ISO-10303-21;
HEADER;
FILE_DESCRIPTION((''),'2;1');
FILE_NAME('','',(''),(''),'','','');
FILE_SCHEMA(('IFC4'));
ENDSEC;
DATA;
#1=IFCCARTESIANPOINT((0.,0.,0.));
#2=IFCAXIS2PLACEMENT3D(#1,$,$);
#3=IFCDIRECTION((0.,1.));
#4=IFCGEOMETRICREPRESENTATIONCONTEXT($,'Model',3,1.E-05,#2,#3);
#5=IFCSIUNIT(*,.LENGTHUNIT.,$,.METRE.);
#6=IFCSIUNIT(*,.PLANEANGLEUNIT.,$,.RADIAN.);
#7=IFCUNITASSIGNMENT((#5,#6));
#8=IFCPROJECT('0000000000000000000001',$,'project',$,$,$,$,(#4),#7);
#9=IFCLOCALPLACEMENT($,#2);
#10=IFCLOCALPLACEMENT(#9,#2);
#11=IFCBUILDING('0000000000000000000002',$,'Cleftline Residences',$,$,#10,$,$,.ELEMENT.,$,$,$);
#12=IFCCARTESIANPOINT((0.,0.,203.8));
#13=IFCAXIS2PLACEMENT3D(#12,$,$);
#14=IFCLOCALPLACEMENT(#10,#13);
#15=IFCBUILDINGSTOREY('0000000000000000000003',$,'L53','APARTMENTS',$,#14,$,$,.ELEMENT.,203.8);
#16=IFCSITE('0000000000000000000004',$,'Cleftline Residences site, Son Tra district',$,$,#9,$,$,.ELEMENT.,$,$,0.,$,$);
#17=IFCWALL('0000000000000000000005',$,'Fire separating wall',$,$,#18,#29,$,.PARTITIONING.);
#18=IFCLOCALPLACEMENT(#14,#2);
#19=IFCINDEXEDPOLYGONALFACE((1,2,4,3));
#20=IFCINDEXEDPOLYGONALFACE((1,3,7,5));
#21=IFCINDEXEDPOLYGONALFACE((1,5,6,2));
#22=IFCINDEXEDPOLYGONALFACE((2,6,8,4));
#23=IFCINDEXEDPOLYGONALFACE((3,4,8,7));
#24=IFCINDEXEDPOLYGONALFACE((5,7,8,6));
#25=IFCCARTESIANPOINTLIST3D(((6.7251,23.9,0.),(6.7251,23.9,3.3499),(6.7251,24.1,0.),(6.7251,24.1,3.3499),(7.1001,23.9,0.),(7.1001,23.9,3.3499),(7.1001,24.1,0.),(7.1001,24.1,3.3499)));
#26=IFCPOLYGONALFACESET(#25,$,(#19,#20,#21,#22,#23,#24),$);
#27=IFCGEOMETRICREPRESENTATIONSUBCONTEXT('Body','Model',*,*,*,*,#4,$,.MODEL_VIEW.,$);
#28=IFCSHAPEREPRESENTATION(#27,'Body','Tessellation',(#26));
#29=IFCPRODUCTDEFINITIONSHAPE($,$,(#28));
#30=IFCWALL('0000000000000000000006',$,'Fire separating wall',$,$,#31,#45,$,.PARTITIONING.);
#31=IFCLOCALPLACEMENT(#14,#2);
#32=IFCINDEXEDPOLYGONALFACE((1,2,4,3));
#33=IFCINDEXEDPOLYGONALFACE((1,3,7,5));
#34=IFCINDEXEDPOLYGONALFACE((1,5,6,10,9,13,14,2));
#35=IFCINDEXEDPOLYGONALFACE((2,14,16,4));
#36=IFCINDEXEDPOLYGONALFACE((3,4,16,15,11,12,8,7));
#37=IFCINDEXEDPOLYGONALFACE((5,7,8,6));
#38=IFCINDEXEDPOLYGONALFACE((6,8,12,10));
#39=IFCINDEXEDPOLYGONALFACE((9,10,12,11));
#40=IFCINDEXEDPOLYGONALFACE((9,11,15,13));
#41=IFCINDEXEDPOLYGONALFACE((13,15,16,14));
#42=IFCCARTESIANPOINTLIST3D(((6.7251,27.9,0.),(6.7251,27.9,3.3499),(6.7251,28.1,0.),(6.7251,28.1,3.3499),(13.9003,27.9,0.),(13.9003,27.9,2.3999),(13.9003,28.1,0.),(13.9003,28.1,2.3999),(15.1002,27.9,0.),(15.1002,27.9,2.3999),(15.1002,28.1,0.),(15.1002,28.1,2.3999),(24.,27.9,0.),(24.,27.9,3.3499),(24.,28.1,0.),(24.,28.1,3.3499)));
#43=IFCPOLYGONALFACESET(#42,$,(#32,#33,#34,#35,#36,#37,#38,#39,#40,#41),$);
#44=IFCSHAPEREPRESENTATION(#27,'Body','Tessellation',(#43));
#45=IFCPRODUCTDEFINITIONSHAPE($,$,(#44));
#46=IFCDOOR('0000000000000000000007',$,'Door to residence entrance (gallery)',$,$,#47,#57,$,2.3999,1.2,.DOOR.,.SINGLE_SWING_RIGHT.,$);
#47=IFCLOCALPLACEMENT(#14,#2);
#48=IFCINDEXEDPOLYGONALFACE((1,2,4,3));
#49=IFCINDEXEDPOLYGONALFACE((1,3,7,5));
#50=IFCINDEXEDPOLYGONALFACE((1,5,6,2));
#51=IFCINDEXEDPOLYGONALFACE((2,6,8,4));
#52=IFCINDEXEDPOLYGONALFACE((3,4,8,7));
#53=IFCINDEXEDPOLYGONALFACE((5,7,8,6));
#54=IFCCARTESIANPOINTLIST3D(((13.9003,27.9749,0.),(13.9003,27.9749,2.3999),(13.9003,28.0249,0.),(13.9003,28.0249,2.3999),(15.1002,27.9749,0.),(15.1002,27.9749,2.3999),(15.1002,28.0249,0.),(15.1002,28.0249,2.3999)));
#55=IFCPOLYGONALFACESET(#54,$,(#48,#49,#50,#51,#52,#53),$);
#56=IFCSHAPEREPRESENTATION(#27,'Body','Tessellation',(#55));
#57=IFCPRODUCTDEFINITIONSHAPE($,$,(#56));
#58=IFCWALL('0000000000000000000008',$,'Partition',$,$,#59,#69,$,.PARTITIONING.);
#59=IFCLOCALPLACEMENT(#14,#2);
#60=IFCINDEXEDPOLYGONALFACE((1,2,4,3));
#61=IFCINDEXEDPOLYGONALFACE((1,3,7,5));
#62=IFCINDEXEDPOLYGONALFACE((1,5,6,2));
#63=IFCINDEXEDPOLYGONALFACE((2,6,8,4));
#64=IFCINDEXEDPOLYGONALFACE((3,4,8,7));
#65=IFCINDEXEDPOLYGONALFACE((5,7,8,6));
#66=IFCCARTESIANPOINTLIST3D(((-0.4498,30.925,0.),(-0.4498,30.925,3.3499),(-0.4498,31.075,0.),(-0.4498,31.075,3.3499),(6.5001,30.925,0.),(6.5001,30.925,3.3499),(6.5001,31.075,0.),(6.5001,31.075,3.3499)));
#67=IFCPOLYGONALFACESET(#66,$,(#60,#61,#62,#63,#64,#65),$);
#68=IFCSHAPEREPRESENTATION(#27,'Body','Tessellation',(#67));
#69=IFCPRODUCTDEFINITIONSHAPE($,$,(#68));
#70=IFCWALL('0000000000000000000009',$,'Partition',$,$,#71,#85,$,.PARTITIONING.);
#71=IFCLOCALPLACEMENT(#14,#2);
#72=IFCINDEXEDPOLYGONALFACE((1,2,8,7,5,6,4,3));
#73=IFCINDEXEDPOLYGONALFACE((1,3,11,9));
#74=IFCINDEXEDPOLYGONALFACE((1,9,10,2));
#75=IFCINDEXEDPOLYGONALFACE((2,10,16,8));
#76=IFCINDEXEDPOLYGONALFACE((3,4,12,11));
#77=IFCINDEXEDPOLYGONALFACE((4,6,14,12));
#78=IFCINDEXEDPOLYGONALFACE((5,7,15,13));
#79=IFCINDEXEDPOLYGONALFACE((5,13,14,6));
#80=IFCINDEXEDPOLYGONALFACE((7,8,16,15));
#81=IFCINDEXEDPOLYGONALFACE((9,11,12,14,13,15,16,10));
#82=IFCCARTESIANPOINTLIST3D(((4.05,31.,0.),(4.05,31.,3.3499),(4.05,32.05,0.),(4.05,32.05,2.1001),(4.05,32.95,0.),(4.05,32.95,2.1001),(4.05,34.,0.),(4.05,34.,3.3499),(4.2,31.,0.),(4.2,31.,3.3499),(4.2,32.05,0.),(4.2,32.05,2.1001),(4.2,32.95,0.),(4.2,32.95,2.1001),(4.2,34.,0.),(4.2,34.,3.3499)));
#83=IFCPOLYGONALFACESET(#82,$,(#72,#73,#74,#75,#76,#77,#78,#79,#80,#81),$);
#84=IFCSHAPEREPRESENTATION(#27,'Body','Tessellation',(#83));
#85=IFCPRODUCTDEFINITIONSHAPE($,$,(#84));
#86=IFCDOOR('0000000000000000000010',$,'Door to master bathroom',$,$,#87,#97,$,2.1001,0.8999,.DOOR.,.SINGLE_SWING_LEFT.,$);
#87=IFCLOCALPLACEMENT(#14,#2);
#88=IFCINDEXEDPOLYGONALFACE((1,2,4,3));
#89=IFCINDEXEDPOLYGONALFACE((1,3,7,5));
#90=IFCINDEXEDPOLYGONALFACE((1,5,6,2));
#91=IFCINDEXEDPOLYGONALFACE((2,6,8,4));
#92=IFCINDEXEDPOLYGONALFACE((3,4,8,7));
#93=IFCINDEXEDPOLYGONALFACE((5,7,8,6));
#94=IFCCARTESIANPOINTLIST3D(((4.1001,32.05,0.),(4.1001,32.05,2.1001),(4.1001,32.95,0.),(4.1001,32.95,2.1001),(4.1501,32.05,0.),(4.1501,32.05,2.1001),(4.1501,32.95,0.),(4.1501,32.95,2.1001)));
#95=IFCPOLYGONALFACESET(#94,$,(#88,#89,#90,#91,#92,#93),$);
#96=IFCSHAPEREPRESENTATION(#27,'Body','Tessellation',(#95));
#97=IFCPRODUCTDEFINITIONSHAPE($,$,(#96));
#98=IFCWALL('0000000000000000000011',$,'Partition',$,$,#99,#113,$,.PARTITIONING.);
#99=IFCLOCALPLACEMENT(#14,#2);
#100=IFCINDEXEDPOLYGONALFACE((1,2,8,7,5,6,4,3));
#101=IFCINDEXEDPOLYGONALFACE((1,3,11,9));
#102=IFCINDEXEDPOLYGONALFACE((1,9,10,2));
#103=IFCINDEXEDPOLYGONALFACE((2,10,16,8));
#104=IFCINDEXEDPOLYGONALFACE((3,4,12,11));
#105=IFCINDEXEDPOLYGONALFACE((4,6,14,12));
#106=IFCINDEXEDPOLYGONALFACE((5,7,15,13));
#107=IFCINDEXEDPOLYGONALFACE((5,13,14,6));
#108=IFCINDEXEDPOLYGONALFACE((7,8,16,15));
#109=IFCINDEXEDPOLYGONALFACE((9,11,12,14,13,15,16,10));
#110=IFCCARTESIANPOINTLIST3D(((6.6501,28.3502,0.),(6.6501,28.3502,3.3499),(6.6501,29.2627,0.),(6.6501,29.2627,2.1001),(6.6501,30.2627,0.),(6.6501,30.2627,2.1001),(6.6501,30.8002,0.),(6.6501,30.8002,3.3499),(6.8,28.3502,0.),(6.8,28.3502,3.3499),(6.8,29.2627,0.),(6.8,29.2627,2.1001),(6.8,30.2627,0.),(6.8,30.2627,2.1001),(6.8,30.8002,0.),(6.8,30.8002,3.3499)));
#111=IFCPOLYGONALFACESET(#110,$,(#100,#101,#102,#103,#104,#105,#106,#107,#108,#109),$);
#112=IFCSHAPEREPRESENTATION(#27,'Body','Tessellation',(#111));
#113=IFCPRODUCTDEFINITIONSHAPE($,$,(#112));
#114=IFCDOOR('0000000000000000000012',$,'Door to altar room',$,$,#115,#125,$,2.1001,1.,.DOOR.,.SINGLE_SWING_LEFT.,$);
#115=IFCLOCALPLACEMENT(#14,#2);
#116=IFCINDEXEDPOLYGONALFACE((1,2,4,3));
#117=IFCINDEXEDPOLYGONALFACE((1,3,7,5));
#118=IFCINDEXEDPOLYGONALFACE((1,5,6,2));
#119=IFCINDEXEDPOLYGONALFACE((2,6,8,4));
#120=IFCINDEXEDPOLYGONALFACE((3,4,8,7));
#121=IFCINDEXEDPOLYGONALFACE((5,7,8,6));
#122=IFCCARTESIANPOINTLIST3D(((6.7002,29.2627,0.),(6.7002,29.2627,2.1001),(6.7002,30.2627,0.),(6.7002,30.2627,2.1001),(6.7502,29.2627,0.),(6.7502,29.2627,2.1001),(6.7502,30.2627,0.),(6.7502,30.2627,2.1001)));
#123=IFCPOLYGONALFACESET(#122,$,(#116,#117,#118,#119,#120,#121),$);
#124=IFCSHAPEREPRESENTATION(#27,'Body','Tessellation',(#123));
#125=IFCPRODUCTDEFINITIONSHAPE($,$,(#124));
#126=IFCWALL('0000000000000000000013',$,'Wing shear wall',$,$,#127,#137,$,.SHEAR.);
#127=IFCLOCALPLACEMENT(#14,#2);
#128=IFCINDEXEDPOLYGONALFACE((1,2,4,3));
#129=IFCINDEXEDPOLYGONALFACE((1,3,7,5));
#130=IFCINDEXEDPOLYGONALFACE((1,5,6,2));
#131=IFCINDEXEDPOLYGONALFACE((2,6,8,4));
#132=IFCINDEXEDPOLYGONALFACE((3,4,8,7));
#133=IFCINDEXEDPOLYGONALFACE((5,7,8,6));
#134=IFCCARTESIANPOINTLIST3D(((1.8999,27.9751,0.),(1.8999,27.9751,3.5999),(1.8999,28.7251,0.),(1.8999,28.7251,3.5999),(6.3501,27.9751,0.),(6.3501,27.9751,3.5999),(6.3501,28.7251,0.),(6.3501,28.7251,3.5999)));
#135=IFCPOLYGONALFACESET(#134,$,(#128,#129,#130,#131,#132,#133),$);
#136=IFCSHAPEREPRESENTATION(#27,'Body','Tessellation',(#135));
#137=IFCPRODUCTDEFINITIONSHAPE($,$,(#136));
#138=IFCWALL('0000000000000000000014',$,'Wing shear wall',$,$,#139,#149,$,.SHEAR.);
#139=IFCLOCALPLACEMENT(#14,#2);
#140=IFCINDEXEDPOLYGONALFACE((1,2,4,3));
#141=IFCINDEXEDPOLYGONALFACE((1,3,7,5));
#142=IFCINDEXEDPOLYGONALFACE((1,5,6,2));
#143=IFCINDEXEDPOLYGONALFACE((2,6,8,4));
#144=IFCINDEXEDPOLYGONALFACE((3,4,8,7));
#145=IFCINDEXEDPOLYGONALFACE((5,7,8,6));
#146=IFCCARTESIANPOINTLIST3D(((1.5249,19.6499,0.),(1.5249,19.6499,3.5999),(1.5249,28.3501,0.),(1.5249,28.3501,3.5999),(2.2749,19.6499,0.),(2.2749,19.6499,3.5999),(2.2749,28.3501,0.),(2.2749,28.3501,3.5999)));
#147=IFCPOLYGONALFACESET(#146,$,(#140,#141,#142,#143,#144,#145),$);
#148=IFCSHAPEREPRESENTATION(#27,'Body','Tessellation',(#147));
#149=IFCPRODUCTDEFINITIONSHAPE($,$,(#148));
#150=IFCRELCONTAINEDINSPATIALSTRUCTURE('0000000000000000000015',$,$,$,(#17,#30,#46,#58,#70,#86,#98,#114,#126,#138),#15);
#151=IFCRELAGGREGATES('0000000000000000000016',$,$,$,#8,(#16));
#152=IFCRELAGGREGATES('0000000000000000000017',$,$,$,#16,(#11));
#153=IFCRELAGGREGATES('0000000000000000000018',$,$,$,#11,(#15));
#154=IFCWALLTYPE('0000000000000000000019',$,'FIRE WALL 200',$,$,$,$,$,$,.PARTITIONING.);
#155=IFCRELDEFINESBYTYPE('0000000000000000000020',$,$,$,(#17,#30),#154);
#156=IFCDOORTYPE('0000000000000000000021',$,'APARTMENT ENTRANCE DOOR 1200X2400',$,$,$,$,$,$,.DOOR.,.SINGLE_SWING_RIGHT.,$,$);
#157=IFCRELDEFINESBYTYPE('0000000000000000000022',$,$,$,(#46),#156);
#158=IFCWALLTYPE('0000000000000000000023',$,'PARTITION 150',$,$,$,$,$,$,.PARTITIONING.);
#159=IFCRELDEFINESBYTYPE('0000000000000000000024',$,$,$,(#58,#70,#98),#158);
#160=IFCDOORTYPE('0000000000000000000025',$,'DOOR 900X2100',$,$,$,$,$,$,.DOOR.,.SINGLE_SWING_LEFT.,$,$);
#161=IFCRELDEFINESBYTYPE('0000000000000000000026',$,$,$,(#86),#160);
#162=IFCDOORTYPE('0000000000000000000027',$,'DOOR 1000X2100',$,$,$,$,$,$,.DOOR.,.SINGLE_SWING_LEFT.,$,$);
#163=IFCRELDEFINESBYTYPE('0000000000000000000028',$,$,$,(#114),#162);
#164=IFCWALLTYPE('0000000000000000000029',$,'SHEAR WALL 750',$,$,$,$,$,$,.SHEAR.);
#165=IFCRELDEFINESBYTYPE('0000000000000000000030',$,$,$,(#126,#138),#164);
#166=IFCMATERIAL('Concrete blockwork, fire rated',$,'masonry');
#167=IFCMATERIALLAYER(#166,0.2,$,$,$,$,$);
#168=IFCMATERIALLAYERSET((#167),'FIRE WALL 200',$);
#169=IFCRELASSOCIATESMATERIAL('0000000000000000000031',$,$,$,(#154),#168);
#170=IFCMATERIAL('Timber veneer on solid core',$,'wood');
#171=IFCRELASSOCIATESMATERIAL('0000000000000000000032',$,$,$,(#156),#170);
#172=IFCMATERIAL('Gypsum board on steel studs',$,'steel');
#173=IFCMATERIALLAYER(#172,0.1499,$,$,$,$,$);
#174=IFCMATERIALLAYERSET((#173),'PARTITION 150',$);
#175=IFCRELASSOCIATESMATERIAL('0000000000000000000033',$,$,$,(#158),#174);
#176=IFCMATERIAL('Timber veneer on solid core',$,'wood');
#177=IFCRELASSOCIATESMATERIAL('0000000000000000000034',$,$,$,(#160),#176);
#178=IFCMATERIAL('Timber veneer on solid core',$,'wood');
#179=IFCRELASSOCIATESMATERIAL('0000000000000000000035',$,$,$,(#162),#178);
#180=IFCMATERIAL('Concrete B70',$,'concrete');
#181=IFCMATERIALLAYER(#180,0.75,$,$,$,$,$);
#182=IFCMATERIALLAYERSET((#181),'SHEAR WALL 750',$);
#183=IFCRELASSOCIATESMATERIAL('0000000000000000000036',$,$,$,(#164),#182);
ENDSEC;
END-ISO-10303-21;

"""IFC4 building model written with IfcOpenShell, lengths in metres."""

from ifc_helpers import new_model, si_unit, direction, frame, frame_2d, origin, place, context, subcontext, project, spatial, rectangle, extrude, material, layer, layer_set, type_object, element, fill, save


model = new_model("IFC4")

# Units and contexts
model_context = context("Model", 3, precision=1e-05, world=origin(), true_north=direction((0.0, 1.0)))
body_context = subcontext(model_context, "Body", "Model", "MODEL_VIEW")
ifc_project = project(units=[si_unit("LENGTHUNIT", "METRE"), si_unit("PLANEANGLEUNIT", "RADIAN")], contexts=[model_context])

# Site, building, storey
site_placement = place(None, origin())
site = spatial("IfcSite", under=ifc_project, at=site_placement, Name="Cleftline Residences site, Son Tra district", CompositionType="ELEMENT", RefElevation=0.0)
building_placement = place(site_placement, origin())
building = spatial("IfcBuilding", under=site, at=building_placement, Name="Cleftline Residences", CompositionType="ELEMENT")
storey_placement = place(building_placement, frame((0.0, 0.0, 203.8)))
storey = spatial("IfcBuildingStorey", under=building, at=storey_placement, Name="L53", Description="APARTMENTS", CompositionType="ELEMENT", Elevation=203.8)

# Wall
ifc_material_1 = material(Name="Concrete blockwork, fire rated", Category="masonry")
ifc_layer_1 = layer(ifc_material_1, 0.2)
ifc_layer_set_1 = layer_set([ifc_layer_1], Name="FIRE WALL 200")
wall_type_1 = type_object("IfcWallType", Name="FIRE WALL 200", PredefinedType="PARTITIONING", material=ifc_layer_set_1)
wall_1_placement = place(storey_placement, frame((6.7251, 24.0, 0.0), z_axis=(0.0, 0.0, 1.0), x_axis=(1.0, 0.0, 0.0)))
element("IfcWall", 1, at=wall_1_placement, inside=storey, type_object=wall_type_1, Name="Fire separating wall", PredefinedType="PARTITIONING", context=body_context, shape_type="SweptSolid", body=[
    extrude(rectangle(XDim=0.375, YDim=0.2, at=frame_2d((0.1875, 0.0))), origin(), (0.0, 0.0, 1.0), 3.3499),
])

# Wall, opening, door
wall_2_placement = place(storey_placement, frame((6.7251, 28.0, 0.0), z_axis=(0.0, 0.0, 1.0), x_axis=(1.0, 0.0, 0.0)))
wall_2 = element("IfcWall", 2, at=wall_2_placement, inside=storey, type_object=wall_type_1, Name="Fire separating wall", PredefinedType="PARTITIONING", context=body_context, shape_type="SweptSolid", body=[
    extrude(rectangle(XDim=17.2749, YDim=0.2, at=frame_2d((8.6375, 0.0))), origin(), (0.0, 0.0, 1.0), 3.3499),
])
opening_1_placement = place(wall_2_placement, frame((7.175, 0.0, 0.0)))
opening_1 = element("IfcOpeningElement", 3, at=opening_1_placement, cuts=wall_2, PredefinedType="OPENING", context=body_context, shape_type="SweptSolid", body=[
    extrude(rectangle(XDim=1.2, YDim=2.3999, at=frame_2d((0.6001, 1.2))), frame((0.0, 0.1099, 0.0), z_axis=(0.0, -1.0, 0.0), x_axis=(1.0, 0.0, 0.0)), (0.0, 0.0, 1.0), 0.22),
])
ifc_material_2 = material(Name="Timber veneer on solid core", Category="wood")
door_type_1 = type_object("IfcDoorType", Name="APARTMENT ENTRANCE DOOR 1200X2400", OperationType="SINGLE_SWING_RIGHT", PredefinedType="DOOR", material=ifc_material_2)
door_1_placement = place(opening_1_placement, origin())
door_1 = element("IfcDoor", 4, at=door_1_placement, inside=storey, type_object=door_type_1, Name="Door to residence entrance (gallery)", OperationType="SINGLE_SWING_RIGHT", OverallHeight=2.3999, OverallWidth=1.2, PredefinedType="DOOR", context=body_context, shape_type="SweptSolid", body=[
    extrude(rectangle(XDim=1.2, YDim=2.3999, at=frame_2d((0.6001, 1.2))), frame((0.0, 0.0249, 0.0), z_axis=(0.0, -1.0, 0.0), x_axis=(1.0, 0.0, 0.0)), (0.0, 0.0, 1.0), 0.05),
])
fill(opening_1, door_1)

# Wall
ifc_material_3 = material(Name="Gypsum board on steel studs", Category="steel")
ifc_layer_2 = layer(ifc_material_3, 0.1499)
ifc_layer_set_2 = layer_set([ifc_layer_2], Name="PARTITION 150")
wall_type_2 = type_object("IfcWallType", Name="PARTITION 150", PredefinedType="PARTITIONING", material=ifc_layer_set_2)
wall_3_placement = place(storey_placement, frame((-0.45, 31.0, 0.0), z_axis=(0.0, 0.0, 1.0), x_axis=(1.0, 0.0, 0.0)))
element("IfcWall", 5, at=wall_3_placement, inside=storey, type_object=wall_type_2, Name="Partition", PredefinedType="PARTITIONING", context=body_context, shape_type="SweptSolid", body=[
    extrude(rectangle(XDim=6.95, YDim=0.1499, at=frame_2d((3.4751, 0.0))), origin(), (0.0, 0.0, 1.0), 3.3499),
])

# Walls, openings, doors
wall_4_placement = place(storey_placement, frame((4.125, 31.0, 0.0), z_axis=(0.0, 0.0, 1.0), x_axis=(0.0, 1.0, 0.0)))
wall_4 = element("IfcWall", 6, at=wall_4_placement, inside=storey, type_object=wall_type_2, Name="Partition", PredefinedType="PARTITIONING", context=body_context, shape_type="SweptSolid", body=[
    extrude(rectangle(XDim=3.0, YDim=0.1499, at=frame_2d((1.5, 0.0))), origin(), (0.0, 0.0, 1.0), 3.3499),
])
opening_2_placement = place(wall_4_placement, frame((1.05, 0.0, 0.0)))
opening_2 = element("IfcOpeningElement", 7, at=opening_2_placement, cuts=wall_4, PredefinedType="OPENING", context=body_context, shape_type="SweptSolid", body=[
    extrude(rectangle(XDim=0.8999, YDim=2.1001, at=frame_2d((0.45, 1.05))), frame((0.0, 0.085, 0.0), z_axis=(0.0, -1.0, 0.0), x_axis=(1.0, 0.0, 0.0)), (0.0, 0.0, 1.0), 0.1699),
])
ifc_material_4 = material(Name="Timber veneer on solid core", Category="wood")
door_type_2 = type_object("IfcDoorType", Name="DOOR 900X2100", OperationType="SINGLE_SWING_LEFT", PredefinedType="DOOR", material=ifc_material_4)
door_2_placement = place(opening_2_placement, origin())
door_2 = element("IfcDoor", 8, at=door_2_placement, inside=storey, type_object=door_type_2, Name="Door to master bathroom", OperationType="SINGLE_SWING_LEFT", OverallHeight=2.1001, OverallWidth=0.8999, PredefinedType="DOOR", context=body_context, shape_type="SweptSolid", body=[
    extrude(rectangle(XDim=0.8999, YDim=2.1001, at=frame_2d((0.45, 1.05))), frame((0.0, 0.0249, 0.0), z_axis=(0.0, -1.0, 0.0), x_axis=(1.0, 0.0, 0.0)), (0.0, 0.0, 1.0), 0.05),
])
fill(opening_2, door_2)
wall_5_placement = place(storey_placement, frame((6.7251, 28.3501, 0.0), z_axis=(0.0, 0.0, 1.0), x_axis=(0.0, 1.0, 0.0)))
wall_5 = element("IfcWall", 9, at=wall_5_placement, inside=storey, type_object=wall_type_2, Name="Partition", PredefinedType="PARTITIONING", context=body_context, shape_type="SweptSolid", body=[
    extrude(rectangle(XDim=2.45, YDim=0.1499, at=frame_2d((1.2251, 0.0))), origin(), (0.0, 0.0, 1.0), 3.3499),
])
opening_3_placement = place(wall_5_placement, frame((0.9126, 0.0, 0.0)))
opening_3 = element("IfcOpeningElement", 10, at=opening_3_placement, cuts=wall_5, PredefinedType="OPENING", context=body_context, shape_type="SweptSolid", body=[
    extrude(rectangle(XDim=1.0, YDim=2.1001, at=frame_2d((0.5, 1.05))), frame((0.0, 0.085, 0.0), z_axis=(0.0, -1.0, 0.0), x_axis=(1.0, 0.0, 0.0)), (0.0, 0.0, 1.0), 0.1699),
])
ifc_material_5 = material(Name="Timber veneer on solid core", Category="wood")
door_type_3 = type_object("IfcDoorType", Name="DOOR 1000X2100", OperationType="SINGLE_SWING_LEFT", PredefinedType="DOOR", material=ifc_material_5)
door_3_placement = place(opening_3_placement, origin())
door_3 = element("IfcDoor", 11, at=door_3_placement, inside=storey, type_object=door_type_3, Name="Door to altar room", OperationType="SINGLE_SWING_LEFT", OverallHeight=2.1001, OverallWidth=1.0, PredefinedType="DOOR", context=body_context, shape_type="SweptSolid", body=[
    extrude(rectangle(XDim=1.0, YDim=2.1001, at=frame_2d((0.5, 1.05))), frame((0.0, 0.0249, 0.0), z_axis=(0.0, -1.0, 0.0), x_axis=(1.0, 0.0, 0.0)), (0.0, 0.0, 1.0), 0.05),
])
fill(opening_3, door_3)

# Walls
ifc_material_6 = material(Name="Concrete B70", Category="concrete")
ifc_layer_3 = layer(ifc_material_6, 0.75)
ifc_layer_set_3 = layer_set([ifc_layer_3], Name="SHEAR WALL 750")
wall_type_3 = type_object("IfcWallType", Name="SHEAR WALL 750", PredefinedType="SHEAR", material=ifc_layer_set_3)
wall_6_placement = place(storey_placement, frame((6.3501, 28.3501, 0.0), z_axis=(0.0, 0.0, 1.0), x_axis=(-1.0, 0.0, 0.0)))
element("IfcWall", 12, at=wall_6_placement, inside=storey, type_object=wall_type_3, Name="Wing shear wall", PredefinedType="SHEAR", context=body_context, shape_type="SweptSolid", body=[
    extrude(rectangle(XDim=4.4502, YDim=0.75, at=frame_2d((2.2251, 0.0))), origin(), (0.0, 0.0, 1.0), 3.5999),
])
wall_7_placement = place(storey_placement, frame((1.8999, 28.3501, 0.0), z_axis=(0.0, 0.0, 1.0), x_axis=(0.0, -1.0, 0.0)))
element("IfcWall", 13, at=wall_7_placement, inside=storey, type_object=wall_type_3, Name="Wing shear wall", PredefinedType="SHEAR", context=body_context, shape_type="SweptSolid", body=[
    extrude(rectangle(XDim=8.7002, YDim=0.75, at=frame_2d((4.3501, 0.0))), origin(), (0.0, 0.0, 1.0), 3.5999),
])

save(model, "model.ifc")
